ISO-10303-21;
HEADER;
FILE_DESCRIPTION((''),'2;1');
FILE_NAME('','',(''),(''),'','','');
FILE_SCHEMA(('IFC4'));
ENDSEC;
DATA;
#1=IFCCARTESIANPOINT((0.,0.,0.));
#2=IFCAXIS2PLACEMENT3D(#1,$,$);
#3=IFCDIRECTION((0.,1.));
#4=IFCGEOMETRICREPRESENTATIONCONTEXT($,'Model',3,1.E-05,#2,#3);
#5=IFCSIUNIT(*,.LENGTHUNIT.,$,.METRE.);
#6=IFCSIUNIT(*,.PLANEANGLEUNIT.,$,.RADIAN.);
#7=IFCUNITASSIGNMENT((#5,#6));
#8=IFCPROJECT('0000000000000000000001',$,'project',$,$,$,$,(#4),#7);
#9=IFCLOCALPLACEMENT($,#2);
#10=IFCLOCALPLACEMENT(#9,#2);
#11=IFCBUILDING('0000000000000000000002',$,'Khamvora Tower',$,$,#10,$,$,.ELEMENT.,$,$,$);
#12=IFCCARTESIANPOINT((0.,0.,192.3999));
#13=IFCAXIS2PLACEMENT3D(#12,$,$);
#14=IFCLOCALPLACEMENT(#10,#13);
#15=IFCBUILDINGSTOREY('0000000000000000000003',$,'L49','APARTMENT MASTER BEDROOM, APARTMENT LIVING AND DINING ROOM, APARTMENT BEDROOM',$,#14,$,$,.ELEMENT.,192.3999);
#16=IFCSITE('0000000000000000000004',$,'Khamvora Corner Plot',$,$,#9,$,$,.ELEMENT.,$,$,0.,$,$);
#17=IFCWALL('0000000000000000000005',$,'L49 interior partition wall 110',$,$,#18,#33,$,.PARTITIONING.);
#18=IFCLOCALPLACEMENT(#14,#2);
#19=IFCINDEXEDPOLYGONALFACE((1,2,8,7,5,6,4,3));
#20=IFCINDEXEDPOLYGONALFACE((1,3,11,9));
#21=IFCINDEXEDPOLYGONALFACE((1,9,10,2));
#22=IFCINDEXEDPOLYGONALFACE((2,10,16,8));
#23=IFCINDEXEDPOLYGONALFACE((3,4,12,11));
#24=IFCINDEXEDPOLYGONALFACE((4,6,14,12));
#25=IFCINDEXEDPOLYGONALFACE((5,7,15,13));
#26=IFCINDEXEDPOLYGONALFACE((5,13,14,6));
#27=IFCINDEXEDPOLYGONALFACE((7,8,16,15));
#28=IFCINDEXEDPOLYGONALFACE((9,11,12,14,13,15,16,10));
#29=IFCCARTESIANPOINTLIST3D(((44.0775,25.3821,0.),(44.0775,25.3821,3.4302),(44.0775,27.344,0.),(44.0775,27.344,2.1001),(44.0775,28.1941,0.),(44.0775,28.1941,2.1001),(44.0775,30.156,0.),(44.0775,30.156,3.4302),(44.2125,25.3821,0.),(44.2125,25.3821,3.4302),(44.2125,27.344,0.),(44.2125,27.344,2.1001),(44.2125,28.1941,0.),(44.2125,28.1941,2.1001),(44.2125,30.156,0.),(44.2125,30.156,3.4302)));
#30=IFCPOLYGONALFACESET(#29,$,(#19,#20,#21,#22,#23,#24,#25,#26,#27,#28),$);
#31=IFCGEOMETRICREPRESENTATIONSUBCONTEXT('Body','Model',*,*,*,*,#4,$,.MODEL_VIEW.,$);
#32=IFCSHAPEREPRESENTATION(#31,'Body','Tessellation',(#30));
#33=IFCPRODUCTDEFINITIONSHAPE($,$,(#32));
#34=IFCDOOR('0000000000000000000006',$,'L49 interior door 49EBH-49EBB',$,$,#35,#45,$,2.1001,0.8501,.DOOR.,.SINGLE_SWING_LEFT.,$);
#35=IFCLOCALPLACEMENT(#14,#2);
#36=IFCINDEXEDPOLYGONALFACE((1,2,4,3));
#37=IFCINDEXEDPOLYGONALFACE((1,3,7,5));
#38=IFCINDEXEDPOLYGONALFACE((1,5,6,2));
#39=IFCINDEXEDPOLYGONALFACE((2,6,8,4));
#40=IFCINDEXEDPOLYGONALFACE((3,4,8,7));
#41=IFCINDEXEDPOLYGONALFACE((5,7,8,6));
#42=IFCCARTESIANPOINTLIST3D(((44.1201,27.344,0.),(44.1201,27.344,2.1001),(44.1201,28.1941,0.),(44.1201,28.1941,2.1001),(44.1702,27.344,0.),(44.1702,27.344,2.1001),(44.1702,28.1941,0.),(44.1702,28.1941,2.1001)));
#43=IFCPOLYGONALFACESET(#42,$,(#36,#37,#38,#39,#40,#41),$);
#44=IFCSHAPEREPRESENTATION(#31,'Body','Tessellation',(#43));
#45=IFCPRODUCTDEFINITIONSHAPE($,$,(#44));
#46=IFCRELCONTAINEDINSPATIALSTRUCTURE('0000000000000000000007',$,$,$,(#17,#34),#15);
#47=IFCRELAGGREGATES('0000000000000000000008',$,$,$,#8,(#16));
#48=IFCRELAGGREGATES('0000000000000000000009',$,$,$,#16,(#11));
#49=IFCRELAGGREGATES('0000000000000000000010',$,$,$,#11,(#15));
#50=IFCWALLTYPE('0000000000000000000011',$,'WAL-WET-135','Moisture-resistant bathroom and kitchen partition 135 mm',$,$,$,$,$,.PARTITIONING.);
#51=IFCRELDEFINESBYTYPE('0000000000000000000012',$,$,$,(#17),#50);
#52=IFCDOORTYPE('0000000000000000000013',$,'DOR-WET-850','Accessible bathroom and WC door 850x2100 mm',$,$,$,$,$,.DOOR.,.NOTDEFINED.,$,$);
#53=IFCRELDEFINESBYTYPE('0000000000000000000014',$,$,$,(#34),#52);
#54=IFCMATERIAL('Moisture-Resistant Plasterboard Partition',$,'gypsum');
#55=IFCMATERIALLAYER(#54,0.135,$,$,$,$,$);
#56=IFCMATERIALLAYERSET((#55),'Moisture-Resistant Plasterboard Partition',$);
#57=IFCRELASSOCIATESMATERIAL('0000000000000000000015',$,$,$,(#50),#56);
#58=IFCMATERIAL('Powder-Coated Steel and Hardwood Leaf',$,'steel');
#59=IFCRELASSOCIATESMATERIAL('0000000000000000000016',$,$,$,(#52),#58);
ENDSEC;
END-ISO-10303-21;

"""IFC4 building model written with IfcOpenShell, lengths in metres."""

from ifc_helpers import new_model, si_unit, direction, frame, frame_2d, origin, place, context, subcontext, project, spatial, rectangle, extrude, material, layer, layer_set, type_object, element, fill, save


model = new_model("IFC4")

# Units and contexts
model_context = context("Model", 3, precision=1e-05, world=origin(), true_north=direction((0.0, 1.0)))
body_context = subcontext(model_context, "Body", "Model", "MODEL_VIEW")
ifc_project = project(units=[si_unit("LENGTHUNIT", "METRE"), si_unit("PLANEANGLEUNIT", "RADIAN")], contexts=[model_context])

# Site, building, storey
site_placement = place(None, origin())
site = spatial("IfcSite", under=ifc_project, at=site_placement, Name="Khamvora Corner Plot", CompositionType="ELEMENT", RefElevation=0.0)
building_placement = place(site_placement, origin())
building = spatial("IfcBuilding", under=site, at=building_placement, Name="Khamvora Tower", CompositionType="ELEMENT")
storey_placement = place(building_placement, frame((0.0, 0.0, 192.3999)))
storey = spatial("IfcBuildingStorey", under=building, at=storey_placement, Name="L49", Description="APARTMENT MASTER BEDROOM, APARTMENT LIVING AND DINING ROOM, APARTMENT BEDROOM", CompositionType="ELEMENT", Elevation=192.3999)

# Shared definitions
ifc_material_1 = material(Name="Powder-Coated Steel and Hardwood Leaf", Category="steel")

# Wall, opening, door
ifc_material_2 = material(Name="Moisture-Resistant Plasterboard Partition", Category="gypsum")
ifc_layer_1 = layer(ifc_material_2, 0.135)
ifc_layer_set_1 = layer_set([ifc_layer_1], Name="Moisture-Resistant Plasterboard Partition")
wall_type_1 = type_object("IfcWallType", Name="WAL-WET-135", Description="Moisture-resistant bathroom and kitchen partition 135 mm", PredefinedType="PARTITIONING", material=ifc_layer_set_1)
wall_1_placement = place(storey_placement, frame((44.145, 25.3821, 0.0), z_axis=(0.0, 0.0, 1.0), x_axis=(0.0, 1.0, 0.0)))
wall_1 = element("IfcWall", 1, at=wall_1_placement, inside=storey, type_object=wall_type_1, Name="L49 interior partition wall 110", PredefinedType="PARTITIONING", context=body_context, shape_type="SweptSolid", body=[
    extrude(rectangle(XDim=4.7739, YDim=0.135, at=frame_2d((2.387, 0.0))), origin(), (0.0, 0.0, 1.0), 3.4302),
])
opening_1_placement = place(wall_1_placement, frame((1.9619, 0.0, 0.0)))
opening_1 = element("IfcOpeningElement", 2, at=opening_1_placement, cuts=wall_1, PredefinedType="OPENING", context=body_context, shape_type="SweptSolid", body=[
    extrude(rectangle(XDim=0.8501, YDim=2.1001, at=frame_2d((0.425, 1.05))), frame((0.0, 0.0774, 0.0), z_axis=(0.0, -1.0, 0.0), x_axis=(1.0, 0.0, 0.0)), (0.0, 0.0, 1.0), 0.155),
])
door_type_1 = type_object("IfcDoorType", Name="DOR-WET-850", Description="Accessible bathroom and WC door 850x2100 mm", OperationType="NOTDEFINED", PredefinedType="DOOR", material=ifc_material_1)
door_1_placement = place(opening_1_placement, origin())
door_1 = element("IfcDoor", 3, at=door_1_placement, inside=storey, type_object=door_type_1, Name="L49 interior door 49EBH-49EBB", OperationType="SINGLE_SWING_LEFT", OverallHeight=2.1001, OverallWidth=0.8501, PredefinedType="DOOR", context=body_context, shape_type="SweptSolid", body=[
    extrude(rectangle(XDim=0.8501, YDim=2.1001, at=frame_2d((0.425, 1.05))), frame((0.0, 0.0249, 0.0), z_axis=(0.0, -1.0, 0.0), x_axis=(1.0, 0.0, 0.0)), (0.0, 0.0, 1.0), 0.05),
])
fill(opening_1, door_1)

save(model, "model.ifc")
